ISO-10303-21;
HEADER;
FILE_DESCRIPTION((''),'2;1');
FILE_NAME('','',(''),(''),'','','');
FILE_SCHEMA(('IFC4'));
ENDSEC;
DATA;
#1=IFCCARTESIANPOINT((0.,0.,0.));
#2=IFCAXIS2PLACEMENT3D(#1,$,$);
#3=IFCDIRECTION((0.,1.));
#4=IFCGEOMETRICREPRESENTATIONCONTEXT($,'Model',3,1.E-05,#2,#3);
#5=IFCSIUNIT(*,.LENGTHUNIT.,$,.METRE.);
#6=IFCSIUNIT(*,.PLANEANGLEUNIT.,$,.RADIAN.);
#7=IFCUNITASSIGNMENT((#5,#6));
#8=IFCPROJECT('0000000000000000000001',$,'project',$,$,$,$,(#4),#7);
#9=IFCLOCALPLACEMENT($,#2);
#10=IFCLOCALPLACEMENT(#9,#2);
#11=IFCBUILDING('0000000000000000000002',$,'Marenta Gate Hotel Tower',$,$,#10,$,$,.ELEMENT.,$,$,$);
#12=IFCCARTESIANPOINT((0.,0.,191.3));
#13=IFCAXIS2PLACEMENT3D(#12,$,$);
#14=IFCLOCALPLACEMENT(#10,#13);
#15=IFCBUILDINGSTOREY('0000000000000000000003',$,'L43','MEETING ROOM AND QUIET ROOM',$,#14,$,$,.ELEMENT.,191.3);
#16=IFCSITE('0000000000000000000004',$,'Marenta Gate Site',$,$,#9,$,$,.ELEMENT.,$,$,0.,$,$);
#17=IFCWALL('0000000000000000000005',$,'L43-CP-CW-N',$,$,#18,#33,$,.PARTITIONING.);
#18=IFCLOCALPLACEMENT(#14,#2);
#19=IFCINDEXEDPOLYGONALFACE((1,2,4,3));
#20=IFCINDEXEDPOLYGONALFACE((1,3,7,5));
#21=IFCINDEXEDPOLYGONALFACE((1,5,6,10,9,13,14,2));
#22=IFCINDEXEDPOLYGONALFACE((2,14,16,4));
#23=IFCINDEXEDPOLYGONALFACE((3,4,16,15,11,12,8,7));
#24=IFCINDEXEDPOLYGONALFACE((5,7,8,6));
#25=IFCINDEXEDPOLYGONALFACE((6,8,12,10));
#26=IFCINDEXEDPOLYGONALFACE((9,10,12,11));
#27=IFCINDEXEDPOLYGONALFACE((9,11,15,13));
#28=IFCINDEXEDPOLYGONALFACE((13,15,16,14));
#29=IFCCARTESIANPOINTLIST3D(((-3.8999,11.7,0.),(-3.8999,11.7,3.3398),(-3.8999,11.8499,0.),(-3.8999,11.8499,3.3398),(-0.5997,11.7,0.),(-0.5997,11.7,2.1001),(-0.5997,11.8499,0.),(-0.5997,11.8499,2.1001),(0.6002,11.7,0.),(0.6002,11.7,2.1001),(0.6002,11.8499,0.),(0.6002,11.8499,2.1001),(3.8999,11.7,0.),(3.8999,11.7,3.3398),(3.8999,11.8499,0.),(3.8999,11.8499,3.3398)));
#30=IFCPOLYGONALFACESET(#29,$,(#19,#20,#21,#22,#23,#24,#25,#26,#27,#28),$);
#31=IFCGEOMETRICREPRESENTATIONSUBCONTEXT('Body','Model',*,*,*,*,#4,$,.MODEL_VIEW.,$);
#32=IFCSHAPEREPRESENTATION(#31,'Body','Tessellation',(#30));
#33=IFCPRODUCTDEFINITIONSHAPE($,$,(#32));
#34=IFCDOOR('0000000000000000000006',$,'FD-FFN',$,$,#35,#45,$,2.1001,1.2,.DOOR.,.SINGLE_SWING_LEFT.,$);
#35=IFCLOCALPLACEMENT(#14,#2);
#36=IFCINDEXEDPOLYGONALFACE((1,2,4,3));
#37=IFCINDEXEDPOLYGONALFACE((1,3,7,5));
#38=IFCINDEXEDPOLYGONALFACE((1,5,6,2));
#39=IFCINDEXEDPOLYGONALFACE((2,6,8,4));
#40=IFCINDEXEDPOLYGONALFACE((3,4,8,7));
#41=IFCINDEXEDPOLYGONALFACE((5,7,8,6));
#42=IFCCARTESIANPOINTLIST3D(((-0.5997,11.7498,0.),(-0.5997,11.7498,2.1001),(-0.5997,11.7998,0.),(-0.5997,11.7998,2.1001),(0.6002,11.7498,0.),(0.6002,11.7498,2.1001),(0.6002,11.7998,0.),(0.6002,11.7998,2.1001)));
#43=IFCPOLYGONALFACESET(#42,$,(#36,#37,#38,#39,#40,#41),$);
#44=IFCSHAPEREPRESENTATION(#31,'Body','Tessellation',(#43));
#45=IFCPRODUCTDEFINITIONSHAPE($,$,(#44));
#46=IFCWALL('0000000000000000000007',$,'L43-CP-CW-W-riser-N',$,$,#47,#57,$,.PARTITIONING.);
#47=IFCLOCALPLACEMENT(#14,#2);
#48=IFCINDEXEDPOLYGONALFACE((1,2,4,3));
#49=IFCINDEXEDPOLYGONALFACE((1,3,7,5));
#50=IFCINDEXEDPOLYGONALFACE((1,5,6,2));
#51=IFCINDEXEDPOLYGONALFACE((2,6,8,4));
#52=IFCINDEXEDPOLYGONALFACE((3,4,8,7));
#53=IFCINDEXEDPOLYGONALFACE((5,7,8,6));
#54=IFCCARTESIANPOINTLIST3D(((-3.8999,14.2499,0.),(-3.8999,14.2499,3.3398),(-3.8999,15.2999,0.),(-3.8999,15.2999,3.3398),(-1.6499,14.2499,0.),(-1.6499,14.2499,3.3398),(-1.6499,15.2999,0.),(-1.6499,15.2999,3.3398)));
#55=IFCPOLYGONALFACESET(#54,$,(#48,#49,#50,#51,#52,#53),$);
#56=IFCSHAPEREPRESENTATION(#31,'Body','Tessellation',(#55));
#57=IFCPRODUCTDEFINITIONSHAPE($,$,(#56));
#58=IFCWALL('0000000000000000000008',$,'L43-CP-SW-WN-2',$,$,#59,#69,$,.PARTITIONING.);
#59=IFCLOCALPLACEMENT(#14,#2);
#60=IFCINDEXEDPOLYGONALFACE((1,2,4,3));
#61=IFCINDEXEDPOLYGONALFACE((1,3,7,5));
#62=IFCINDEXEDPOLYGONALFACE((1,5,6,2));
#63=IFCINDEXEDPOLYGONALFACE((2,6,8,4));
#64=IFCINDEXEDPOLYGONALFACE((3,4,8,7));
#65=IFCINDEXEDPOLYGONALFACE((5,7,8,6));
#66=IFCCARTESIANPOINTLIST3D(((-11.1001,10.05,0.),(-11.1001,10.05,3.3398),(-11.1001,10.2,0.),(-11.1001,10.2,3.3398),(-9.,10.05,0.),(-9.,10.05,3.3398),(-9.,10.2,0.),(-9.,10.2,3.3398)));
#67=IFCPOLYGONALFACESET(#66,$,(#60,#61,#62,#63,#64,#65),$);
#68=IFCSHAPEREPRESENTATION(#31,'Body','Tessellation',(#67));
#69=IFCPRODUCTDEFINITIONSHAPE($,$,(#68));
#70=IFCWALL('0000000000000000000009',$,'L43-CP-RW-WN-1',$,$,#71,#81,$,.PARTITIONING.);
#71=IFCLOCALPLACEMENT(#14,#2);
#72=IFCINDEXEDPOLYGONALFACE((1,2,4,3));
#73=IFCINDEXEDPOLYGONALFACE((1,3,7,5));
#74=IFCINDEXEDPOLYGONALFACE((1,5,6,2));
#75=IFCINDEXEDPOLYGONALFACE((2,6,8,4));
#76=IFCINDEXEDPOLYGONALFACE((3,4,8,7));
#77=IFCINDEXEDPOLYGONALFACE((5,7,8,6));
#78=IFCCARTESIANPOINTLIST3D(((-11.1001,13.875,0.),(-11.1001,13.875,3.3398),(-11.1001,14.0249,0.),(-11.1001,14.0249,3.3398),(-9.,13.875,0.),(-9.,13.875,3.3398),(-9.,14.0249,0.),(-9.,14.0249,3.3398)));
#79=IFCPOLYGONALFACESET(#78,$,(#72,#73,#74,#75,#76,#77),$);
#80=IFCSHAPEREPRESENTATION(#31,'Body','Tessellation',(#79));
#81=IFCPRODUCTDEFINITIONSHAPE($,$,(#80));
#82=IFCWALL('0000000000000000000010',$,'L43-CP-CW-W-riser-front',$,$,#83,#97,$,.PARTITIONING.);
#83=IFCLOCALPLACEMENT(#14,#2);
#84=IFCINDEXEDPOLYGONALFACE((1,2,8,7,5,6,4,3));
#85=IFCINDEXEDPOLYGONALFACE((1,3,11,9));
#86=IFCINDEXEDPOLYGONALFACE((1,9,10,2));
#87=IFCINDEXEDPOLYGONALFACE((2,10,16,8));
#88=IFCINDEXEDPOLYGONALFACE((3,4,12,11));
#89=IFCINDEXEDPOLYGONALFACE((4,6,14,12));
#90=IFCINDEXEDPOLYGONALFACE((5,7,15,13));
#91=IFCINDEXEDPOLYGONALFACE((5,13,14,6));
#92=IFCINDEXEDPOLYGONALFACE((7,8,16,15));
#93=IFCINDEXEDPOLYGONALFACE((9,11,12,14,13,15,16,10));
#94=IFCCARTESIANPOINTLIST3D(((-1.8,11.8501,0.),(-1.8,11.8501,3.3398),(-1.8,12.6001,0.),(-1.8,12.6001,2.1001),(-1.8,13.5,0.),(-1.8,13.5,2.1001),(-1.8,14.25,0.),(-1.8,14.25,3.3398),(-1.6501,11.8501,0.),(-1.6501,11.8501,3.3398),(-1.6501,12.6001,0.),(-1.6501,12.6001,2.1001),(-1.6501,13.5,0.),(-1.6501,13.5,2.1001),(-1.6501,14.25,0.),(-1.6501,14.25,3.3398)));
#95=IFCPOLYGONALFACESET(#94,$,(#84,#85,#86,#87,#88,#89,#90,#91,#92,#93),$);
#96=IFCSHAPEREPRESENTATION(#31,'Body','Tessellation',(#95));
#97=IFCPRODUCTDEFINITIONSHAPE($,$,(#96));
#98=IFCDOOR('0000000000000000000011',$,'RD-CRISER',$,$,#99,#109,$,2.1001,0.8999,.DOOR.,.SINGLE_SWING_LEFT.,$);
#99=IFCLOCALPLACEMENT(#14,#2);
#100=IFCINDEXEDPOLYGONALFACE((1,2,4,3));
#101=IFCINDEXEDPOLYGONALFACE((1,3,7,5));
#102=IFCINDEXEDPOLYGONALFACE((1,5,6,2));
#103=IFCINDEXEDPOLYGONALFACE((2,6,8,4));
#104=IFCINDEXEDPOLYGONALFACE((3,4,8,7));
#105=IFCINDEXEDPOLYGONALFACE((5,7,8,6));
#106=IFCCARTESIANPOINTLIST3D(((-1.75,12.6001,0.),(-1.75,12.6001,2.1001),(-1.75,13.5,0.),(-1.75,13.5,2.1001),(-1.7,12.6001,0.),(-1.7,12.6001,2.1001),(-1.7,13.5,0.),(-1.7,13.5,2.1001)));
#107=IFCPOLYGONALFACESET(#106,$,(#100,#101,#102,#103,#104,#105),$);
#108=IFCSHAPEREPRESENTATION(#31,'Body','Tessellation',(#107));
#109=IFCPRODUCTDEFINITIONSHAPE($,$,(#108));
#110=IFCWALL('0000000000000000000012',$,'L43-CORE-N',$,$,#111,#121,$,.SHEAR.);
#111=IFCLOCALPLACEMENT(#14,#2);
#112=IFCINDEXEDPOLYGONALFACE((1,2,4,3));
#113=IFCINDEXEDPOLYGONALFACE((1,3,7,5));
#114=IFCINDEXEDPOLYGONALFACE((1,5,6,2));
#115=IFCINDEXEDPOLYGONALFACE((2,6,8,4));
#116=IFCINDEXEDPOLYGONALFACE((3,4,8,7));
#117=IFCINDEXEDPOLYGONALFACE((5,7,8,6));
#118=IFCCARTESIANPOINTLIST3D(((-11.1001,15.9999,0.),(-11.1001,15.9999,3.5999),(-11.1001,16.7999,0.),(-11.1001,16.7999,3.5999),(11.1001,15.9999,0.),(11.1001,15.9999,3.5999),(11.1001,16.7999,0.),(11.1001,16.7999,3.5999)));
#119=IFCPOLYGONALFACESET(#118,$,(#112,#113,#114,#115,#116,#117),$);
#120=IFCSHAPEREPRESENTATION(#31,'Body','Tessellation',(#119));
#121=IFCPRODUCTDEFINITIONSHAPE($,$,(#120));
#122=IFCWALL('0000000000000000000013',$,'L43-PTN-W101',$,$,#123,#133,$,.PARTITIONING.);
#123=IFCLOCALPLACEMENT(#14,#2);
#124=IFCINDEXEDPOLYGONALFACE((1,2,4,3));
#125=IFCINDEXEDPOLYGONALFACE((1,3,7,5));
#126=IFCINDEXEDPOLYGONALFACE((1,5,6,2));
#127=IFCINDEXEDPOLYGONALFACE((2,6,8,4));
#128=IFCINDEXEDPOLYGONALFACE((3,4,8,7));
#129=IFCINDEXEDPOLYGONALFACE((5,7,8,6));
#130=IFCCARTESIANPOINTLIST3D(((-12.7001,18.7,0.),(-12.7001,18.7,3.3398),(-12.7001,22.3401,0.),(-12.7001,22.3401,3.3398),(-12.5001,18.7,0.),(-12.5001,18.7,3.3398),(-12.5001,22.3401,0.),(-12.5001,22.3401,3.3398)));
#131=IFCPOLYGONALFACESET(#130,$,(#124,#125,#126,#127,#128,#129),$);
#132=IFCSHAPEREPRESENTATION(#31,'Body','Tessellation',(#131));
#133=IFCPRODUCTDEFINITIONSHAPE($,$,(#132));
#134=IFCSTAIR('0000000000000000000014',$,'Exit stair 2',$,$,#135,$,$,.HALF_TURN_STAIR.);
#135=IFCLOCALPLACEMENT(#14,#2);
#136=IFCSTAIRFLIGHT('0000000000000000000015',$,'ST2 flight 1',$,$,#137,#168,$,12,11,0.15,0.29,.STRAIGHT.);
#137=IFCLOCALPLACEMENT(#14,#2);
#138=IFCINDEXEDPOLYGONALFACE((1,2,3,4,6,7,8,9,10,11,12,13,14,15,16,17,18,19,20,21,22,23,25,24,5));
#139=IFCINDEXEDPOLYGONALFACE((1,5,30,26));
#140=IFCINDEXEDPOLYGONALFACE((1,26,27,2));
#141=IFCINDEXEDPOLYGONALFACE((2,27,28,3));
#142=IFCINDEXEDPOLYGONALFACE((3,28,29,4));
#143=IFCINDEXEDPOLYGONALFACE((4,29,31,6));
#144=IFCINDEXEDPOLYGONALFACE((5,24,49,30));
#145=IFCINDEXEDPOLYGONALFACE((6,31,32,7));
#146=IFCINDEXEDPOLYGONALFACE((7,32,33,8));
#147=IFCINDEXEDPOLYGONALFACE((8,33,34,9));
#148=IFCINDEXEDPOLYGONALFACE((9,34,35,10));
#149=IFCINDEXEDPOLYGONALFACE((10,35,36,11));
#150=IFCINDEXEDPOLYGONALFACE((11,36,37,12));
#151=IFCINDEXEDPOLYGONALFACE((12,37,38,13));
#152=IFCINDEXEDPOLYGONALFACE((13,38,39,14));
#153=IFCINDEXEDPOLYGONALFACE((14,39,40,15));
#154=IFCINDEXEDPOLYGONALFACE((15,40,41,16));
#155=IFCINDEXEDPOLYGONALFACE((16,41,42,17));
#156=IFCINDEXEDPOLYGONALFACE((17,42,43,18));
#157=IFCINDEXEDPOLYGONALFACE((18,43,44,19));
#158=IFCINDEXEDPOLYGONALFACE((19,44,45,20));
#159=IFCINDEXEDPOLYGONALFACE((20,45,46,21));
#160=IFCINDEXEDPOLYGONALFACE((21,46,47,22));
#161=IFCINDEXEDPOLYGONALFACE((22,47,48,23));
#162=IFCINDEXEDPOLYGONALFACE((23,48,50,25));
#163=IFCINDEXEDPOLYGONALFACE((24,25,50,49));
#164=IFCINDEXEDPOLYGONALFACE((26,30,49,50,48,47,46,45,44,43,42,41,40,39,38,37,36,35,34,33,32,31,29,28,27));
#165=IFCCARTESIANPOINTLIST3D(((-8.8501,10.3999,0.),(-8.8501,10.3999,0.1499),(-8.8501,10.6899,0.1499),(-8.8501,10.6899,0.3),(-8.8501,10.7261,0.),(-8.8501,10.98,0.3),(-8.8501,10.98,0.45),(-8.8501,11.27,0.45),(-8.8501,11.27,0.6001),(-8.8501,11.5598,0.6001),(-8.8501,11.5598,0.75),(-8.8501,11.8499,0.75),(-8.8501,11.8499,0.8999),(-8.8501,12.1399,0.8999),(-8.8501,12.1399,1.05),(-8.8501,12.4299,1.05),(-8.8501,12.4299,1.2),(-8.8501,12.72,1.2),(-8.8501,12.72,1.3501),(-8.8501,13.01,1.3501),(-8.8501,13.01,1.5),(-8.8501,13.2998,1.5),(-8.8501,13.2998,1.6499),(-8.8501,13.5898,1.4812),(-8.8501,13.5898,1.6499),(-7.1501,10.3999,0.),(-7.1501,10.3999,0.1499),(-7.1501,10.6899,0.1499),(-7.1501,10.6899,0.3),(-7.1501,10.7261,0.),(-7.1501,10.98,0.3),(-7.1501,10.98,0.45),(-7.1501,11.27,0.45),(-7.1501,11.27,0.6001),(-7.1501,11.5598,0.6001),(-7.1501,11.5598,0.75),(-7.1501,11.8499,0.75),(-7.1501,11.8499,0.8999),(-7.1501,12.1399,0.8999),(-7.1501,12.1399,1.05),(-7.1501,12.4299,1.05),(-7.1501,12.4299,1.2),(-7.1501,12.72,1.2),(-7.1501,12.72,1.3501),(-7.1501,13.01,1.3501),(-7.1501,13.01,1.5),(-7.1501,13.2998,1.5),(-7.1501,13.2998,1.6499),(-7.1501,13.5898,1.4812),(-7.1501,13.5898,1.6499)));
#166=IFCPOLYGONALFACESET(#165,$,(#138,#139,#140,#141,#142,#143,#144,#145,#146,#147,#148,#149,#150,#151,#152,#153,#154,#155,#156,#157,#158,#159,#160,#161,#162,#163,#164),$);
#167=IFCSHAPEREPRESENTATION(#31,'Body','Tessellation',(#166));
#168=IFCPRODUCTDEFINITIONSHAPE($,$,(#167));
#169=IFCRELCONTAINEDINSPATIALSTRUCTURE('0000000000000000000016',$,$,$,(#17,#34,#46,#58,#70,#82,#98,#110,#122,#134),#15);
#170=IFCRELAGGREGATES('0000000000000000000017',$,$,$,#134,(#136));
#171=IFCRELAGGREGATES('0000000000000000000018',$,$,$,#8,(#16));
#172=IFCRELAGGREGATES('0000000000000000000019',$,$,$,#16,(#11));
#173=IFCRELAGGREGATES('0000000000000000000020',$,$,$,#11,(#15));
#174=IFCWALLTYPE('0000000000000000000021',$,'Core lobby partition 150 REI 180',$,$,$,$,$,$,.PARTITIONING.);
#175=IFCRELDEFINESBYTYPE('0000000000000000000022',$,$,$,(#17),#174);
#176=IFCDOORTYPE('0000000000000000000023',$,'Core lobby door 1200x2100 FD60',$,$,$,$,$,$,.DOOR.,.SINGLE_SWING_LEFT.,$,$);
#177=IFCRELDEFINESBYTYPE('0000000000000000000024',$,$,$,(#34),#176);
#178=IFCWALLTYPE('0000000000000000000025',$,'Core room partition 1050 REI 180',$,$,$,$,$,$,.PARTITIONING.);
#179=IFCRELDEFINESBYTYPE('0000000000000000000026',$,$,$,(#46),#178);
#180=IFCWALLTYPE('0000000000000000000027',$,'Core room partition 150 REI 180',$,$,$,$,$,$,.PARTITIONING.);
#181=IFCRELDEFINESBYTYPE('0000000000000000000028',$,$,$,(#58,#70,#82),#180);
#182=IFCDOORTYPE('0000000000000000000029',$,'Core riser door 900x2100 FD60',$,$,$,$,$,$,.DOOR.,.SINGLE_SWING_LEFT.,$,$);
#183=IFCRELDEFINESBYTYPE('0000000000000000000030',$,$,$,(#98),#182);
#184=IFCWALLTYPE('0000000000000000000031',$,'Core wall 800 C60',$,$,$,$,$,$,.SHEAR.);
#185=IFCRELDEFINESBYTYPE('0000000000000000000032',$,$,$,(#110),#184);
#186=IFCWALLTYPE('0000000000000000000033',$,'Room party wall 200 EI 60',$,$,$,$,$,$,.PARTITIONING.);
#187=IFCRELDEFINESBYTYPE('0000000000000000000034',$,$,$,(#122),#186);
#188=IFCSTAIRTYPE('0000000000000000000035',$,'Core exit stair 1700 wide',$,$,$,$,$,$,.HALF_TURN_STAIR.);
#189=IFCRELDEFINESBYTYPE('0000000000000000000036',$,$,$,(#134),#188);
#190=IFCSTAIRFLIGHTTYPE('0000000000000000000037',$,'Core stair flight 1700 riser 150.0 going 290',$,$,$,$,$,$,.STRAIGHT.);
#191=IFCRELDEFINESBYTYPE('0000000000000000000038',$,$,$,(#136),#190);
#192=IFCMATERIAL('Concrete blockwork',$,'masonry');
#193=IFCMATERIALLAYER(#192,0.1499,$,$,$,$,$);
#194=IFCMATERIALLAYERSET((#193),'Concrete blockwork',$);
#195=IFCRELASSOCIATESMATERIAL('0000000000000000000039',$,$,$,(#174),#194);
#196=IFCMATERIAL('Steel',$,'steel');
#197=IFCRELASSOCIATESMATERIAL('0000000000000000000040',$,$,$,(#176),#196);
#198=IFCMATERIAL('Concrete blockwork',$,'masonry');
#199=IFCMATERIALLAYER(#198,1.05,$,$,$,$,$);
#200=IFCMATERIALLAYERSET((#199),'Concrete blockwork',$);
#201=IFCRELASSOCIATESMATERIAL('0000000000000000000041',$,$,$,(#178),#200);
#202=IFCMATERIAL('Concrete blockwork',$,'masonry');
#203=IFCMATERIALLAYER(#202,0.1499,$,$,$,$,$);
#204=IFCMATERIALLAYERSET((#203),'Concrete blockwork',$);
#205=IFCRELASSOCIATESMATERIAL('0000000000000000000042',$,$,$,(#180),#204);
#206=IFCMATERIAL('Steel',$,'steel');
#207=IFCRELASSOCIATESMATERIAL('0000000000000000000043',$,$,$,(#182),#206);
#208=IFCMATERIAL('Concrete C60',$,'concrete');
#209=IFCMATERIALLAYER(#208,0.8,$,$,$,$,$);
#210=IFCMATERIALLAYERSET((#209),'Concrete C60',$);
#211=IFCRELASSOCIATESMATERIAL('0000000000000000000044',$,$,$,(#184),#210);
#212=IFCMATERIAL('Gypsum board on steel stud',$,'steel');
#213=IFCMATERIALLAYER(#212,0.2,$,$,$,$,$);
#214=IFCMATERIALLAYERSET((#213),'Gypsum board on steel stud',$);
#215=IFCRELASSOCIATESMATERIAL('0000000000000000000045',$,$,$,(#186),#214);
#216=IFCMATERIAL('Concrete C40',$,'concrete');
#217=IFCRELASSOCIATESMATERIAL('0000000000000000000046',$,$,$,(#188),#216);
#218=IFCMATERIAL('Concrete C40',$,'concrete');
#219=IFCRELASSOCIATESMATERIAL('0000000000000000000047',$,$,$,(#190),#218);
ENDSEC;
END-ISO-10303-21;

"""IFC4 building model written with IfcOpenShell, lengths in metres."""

from ifc_helpers import new_model, si_unit, direction, frame, frame_2d, origin, place, context, subcontext, project, spatial, polyline, rectangle, outline, extrude, material, layer, layer_set, type_object, element, fill, aggregate, save


model = new_model("IFC4")

# Units and contexts
model_context = context("Model", 3, precision=1e-05, world=origin(), true_north=direction((0.0, 1.0)))
body_context = subcontext(model_context, "Body", "Model", "MODEL_VIEW")
ifc_project = project(units=[si_unit("LENGTHUNIT", "METRE"), si_unit("PLANEANGLEUNIT", "RADIAN")], contexts=[model_context])

# Site, building, storey
site_placement = place(None, origin())
site = spatial("IfcSite", under=ifc_project, at=site_placement, Name="Marenta Gate Site", CompositionType="ELEMENT", RefElevation=0.0)
building_placement = place(site_placement, origin())
building = spatial("IfcBuilding", under=site, at=building_placement, Name="Marenta Gate Hotel Tower", CompositionType="ELEMENT")
storey_placement = place(building_placement, frame((0.0, 0.0, 191.3)))
storey = spatial("IfcBuildingStorey", under=building, at=storey_placement, Name="L43", Description="MEETING ROOM AND QUIET ROOM", CompositionType="ELEMENT", Elevation=191.3)

# Wall, opening, door
ifc_material_1 = material(Name="Concrete blockwork", Category="masonry")
ifc_layer_1 = layer(ifc_material_1, 0.1499)
ifc_layer_set_1 = layer_set([ifc_layer_1], Name="Concrete blockwork")
wall_type_1 = type_object("IfcWallType", Name="Core lobby partition 150 REI 180", PredefinedType="PARTITIONING", material=ifc_layer_set_1)
wall_1_placement = place(storey_placement, frame((-3.8999, 11.7749, 0.0), z_axis=(0.0, 0.0, 1.0), x_axis=(1.0, 0.0, 0.0)))
wall_1 = element("IfcWall", 1, at=wall_1_placement, inside=storey, type_object=wall_type_1, Name="L43-CP-CW-N", PredefinedType="PARTITIONING", context=body_context, shape_type="SweptSolid", body=[
    extrude(rectangle(XDim=7.7998, YDim=0.1499, at=frame_2d((3.8999, 0.0))), origin(), (0.0, 0.0, 1.0), 3.3398),
])
opening_1_placement = place(wall_1_placement, frame((3.3, 0.0, 0.0)))
opening_1 = element("IfcOpeningElement", 2, at=opening_1_placement, cuts=wall_1, PredefinedType="OPENING", context=body_context, shape_type="SweptSolid", body=[
    extrude(rectangle(XDim=1.2, YDim=2.1001, at=frame_2d((0.6001, 1.05))), frame((0.0, 0.075, 0.0), z_axis=(0.0, -1.0, 0.0), x_axis=(1.0, 0.0, 0.0)), (0.0, 0.0, 1.0), 0.1499),
])
ifc_material_2 = material(Name="Steel", Category="steel")
door_type_1 = type_object("IfcDoorType", Name="Core lobby door 1200x2100 FD60", OperationType="SINGLE_SWING_LEFT", PredefinedType="DOOR", material=ifc_material_2)
door_1_placement = place(opening_1_placement, origin())
door_1 = element("IfcDoor", 3, at=door_1_placement, inside=storey, type_object=door_type_1, Name="FD-FFN", OperationType="SINGLE_SWING_LEFT", OverallHeight=2.1001, OverallWidth=1.2, PredefinedType="DOOR", context=body_context, shape_type="SweptSolid", body=[
    extrude(rectangle(XDim=1.2, YDim=2.1001, at=frame_2d((0.6001, 1.05))), frame((0.0, 0.0249, 0.0), z_axis=(0.0, -1.0, 0.0), x_axis=(1.0, 0.0, 0.0)), (0.0, 0.0, 1.0), 0.05),
])
fill(opening_1, door_1)

# Walls
ifc_material_3 = material(Name="Concrete blockwork", Category="masonry")
ifc_layer_2 = layer(ifc_material_3, 1.05)
ifc_layer_set_2 = layer_set([ifc_layer_2], Name="Concrete blockwork")
wall_type_2 = type_object("IfcWallType", Name="Core room partition 1050 REI 180", PredefinedType="PARTITIONING", material=ifc_layer_set_2)
wall_2_placement = place(storey_placement, frame((-3.8999, 14.7749, 0.0), z_axis=(0.0, 0.0, 1.0), x_axis=(1.0, 0.0, 0.0)))
element("IfcWall", 4, at=wall_2_placement, inside=storey, type_object=wall_type_2, Name="L43-CP-CW-W-riser-N", PredefinedType="PARTITIONING", context=body_context, shape_type="SweptSolid", body=[
    extrude(rectangle(XDim=2.25, YDim=1.05, at=frame_2d((1.125, 0.0))), origin(), (0.0, 0.0, 1.0), 3.3398),
])
ifc_material_4 = material(Name="Concrete blockwork", Category="masonry")
ifc_layer_3 = layer(ifc_material_4, 0.1499)
ifc_layer_set_3 = layer_set([ifc_layer_3], Name="Concrete blockwork")
wall_type_3 = type_object("IfcWallType", Name="Core room partition 150 REI 180", PredefinedType="PARTITIONING", material=ifc_layer_set_3)
for number, where, z_axis, x_axis, name in (
    (5, (-11.1001, 10.125, 0.0), (0.0, 0.0, 1.0), (1.0, 0.0, 0.0), "L43-CP-SW-WN-2"),
    (6, (-11.1001, 13.95, 0.0), (0.0, 0.0, 1.0), (1.0, 0.0, 0.0), "L43-CP-RW-WN-1"),
):
    element("IfcWall", number, at=place(storey_placement, frame(where, z_axis=z_axis, x_axis=x_axis)), inside=storey, type_object=wall_type_3, Name=name, PredefinedType="PARTITIONING", context=body_context, shape_type="SweptSolid", body=[
        extrude(rectangle(XDim=2.1001, YDim=0.1499, at=frame_2d((1.05, 0.0))), origin(), (0.0, 0.0, 1.0), 3.3398),
    ])

# Wall, opening, door
wall_3_placement = place(storey_placement, frame((-1.7251, 11.8501, 0.0), z_axis=(0.0, 0.0, 1.0), x_axis=(0.0, 1.0, 0.0)))
wall_3 = element("IfcWall", 7, at=wall_3_placement, inside=storey, type_object=wall_type_3, Name="L43-CP-CW-W-riser-front", PredefinedType="PARTITIONING", context=body_context, shape_type="SweptSolid", body=[
    extrude(rectangle(XDim=2.3999, YDim=0.1499, at=frame_2d((1.2, 0.0))), origin(), (0.0, 0.0, 1.0), 3.3398),
])
opening_2_placement = place(wall_3_placement, frame((0.75, 0.0, 0.0)))
opening_2 = element("IfcOpeningElement", 8, at=opening_2_placement, cuts=wall_3, PredefinedType="OPENING", context=body_context, shape_type="SweptSolid", body=[
    extrude(rectangle(XDim=0.8999, YDim=2.1001, at=frame_2d((0.45, 1.05))), frame((0.0, 0.075, 0.0), z_axis=(0.0, -1.0, 0.0), x_axis=(1.0, 0.0, 0.0)), (0.0, 0.0, 1.0), 0.1499),
])
ifc_material_5 = material(Name="Steel", Category="steel")
door_type_2 = type_object("IfcDoorType", Name="Core riser door 900x2100 FD60", OperationType="SINGLE_SWING_LEFT", PredefinedType="DOOR", material=ifc_material_5)
door_2_placement = place(opening_2_placement, origin())
door_2 = element("IfcDoor", 9, at=door_2_placement, inside=storey, type_object=door_type_2, Name="RD-CRISER", OperationType="SINGLE_SWING_LEFT", OverallHeight=2.1001, OverallWidth=0.8999, PredefinedType="DOOR", context=body_context, shape_type="SweptSolid", body=[
    extrude(rectangle(XDim=0.8999, YDim=2.1001, at=frame_2d((0.45, 1.05))), frame((0.0, 0.0249, 0.0), z_axis=(0.0, -1.0, 0.0), x_axis=(1.0, 0.0, 0.0)), (0.0, 0.0, 1.0), 0.05),
])
fill(opening_2, door_2)

# Walls
ifc_material_6 = material(Name="Concrete C60", Category="concrete")
ifc_layer_4 = layer(ifc_material_6, 0.8)
ifc_layer_set_4 = layer_set([ifc_layer_4], Name="Concrete C60")
wall_type_4 = type_object("IfcWallType", Name="Core wall 800 C60", PredefinedType="SHEAR", material=ifc_layer_set_4)
wall_4_placement = place(storey_placement, frame((-11.1001, 16.3999, 0.0), z_axis=(0.0, 0.0, 1.0), x_axis=(1.0, 0.0, 0.0)))
element("IfcWall", 10, at=wall_4_placement, inside=storey, type_object=wall_type_4, Name="L43-CORE-N", PredefinedType="SHEAR", context=body_context, shape_type="SweptSolid", body=[
    extrude(rectangle(XDim=22.2002, YDim=0.8, at=frame_2d((11.1001, 0.0))), origin(), (0.0, 0.0, 1.0), 3.5999),
])
ifc_material_7 = material(Name="Gypsum board on steel stud", Category="steel")
ifc_layer_5 = layer(ifc_material_7, 0.2)
ifc_layer_set_5 = layer_set([ifc_layer_5], Name="Gypsum board on steel stud")
wall_type_5 = type_object("IfcWallType", Name="Room party wall 200 EI 60", PredefinedType="PARTITIONING", material=ifc_layer_set_5)
wall_5_placement = place(storey_placement, frame((-12.6001, 18.7, 0.0), z_axis=(0.0, 0.0, 1.0), x_axis=(0.0, 1.0, 0.0)))
element("IfcWall", 11, at=wall_5_placement, inside=storey, type_object=wall_type_5, Name="L43-PTN-W101", PredefinedType="PARTITIONING", context=body_context, shape_type="SweptSolid", body=[
    extrude(rectangle(XDim=3.6401, YDim=0.2, at=frame_2d((1.8201, 0.0))), origin(), (0.0, 0.0, 1.0), 3.3398),
])

# Stair, stair flight
ifc_material_8 = material(Name="Concrete C40", Category="concrete")
stair_type = type_object("IfcStairType", Name="Core exit stair 1700 wide", PredefinedType="HALF_TURN_STAIR", material=ifc_material_8)
stair_placement = place(storey_placement, origin())
stair = element("IfcStair", 12, at=stair_placement, inside=storey, type_object=stair_type, Name="Exit stair 2", PredefinedType="HALF_TURN_STAIR")
ifc_material_9 = material(Name="Concrete C40", Category="concrete")
stair_flight_type = type_object("IfcStairFlightType", Name="Core stair flight 1700 riser 150.0 going 290", PredefinedType="STRAIGHT", material=ifc_material_9)
stair_flight_1_placement = place(storey_placement, frame((-8.0, 10.3999, 0.0), z_axis=(0.0, 0.0, 1.0), x_axis=(0.0, 1.0, 0.0)))
stair_flight_1 = element("IfcStairFlight", 13, at=stair_flight_1_placement, type_object=stair_flight_type, Name="ST2 flight 1", NumberOfRisers=12, NumberOfTreads=11, PredefinedType="STRAIGHT", RiserHeight=0.15, TreadLength=0.29, context=body_context, shape_type="SweptSolid", body=[
    extrude(outline(polyline([(0.0, 0.0), (0.0, 0.1499), (0.29, 0.1499), (0.29, 0.3), (0.5801, 0.3), (0.5801, 0.45), (0.8701, 0.45), (0.8701, 0.6001), (1.1599, 0.6001), (1.1599, 0.75), (1.45, 0.75), (1.45, 0.8999), (1.74, 0.8999), (1.74, 1.05), (2.03, 1.05), (2.03, 1.2), (2.3201, 1.2), (2.3201, 1.3501), (2.6101, 1.3501), (2.6101, 1.5), (2.8999, 1.5), (2.8999, 1.6499), (3.1899, 1.6499), (3.1899, 1.8), (3.1899, 1.4812), (0.3262, 0.0), (0.0, 0.0)])), frame((0.0, 0.8501, 0.0), z_axis=(0.0, -1.0, 0.0), x_axis=(1.0, 0.0, 0.0)), (0.0, 0.0, 1.0), 1.7),
])
aggregate(stair, [stair_flight_1])

save(model, "model.ifc")
